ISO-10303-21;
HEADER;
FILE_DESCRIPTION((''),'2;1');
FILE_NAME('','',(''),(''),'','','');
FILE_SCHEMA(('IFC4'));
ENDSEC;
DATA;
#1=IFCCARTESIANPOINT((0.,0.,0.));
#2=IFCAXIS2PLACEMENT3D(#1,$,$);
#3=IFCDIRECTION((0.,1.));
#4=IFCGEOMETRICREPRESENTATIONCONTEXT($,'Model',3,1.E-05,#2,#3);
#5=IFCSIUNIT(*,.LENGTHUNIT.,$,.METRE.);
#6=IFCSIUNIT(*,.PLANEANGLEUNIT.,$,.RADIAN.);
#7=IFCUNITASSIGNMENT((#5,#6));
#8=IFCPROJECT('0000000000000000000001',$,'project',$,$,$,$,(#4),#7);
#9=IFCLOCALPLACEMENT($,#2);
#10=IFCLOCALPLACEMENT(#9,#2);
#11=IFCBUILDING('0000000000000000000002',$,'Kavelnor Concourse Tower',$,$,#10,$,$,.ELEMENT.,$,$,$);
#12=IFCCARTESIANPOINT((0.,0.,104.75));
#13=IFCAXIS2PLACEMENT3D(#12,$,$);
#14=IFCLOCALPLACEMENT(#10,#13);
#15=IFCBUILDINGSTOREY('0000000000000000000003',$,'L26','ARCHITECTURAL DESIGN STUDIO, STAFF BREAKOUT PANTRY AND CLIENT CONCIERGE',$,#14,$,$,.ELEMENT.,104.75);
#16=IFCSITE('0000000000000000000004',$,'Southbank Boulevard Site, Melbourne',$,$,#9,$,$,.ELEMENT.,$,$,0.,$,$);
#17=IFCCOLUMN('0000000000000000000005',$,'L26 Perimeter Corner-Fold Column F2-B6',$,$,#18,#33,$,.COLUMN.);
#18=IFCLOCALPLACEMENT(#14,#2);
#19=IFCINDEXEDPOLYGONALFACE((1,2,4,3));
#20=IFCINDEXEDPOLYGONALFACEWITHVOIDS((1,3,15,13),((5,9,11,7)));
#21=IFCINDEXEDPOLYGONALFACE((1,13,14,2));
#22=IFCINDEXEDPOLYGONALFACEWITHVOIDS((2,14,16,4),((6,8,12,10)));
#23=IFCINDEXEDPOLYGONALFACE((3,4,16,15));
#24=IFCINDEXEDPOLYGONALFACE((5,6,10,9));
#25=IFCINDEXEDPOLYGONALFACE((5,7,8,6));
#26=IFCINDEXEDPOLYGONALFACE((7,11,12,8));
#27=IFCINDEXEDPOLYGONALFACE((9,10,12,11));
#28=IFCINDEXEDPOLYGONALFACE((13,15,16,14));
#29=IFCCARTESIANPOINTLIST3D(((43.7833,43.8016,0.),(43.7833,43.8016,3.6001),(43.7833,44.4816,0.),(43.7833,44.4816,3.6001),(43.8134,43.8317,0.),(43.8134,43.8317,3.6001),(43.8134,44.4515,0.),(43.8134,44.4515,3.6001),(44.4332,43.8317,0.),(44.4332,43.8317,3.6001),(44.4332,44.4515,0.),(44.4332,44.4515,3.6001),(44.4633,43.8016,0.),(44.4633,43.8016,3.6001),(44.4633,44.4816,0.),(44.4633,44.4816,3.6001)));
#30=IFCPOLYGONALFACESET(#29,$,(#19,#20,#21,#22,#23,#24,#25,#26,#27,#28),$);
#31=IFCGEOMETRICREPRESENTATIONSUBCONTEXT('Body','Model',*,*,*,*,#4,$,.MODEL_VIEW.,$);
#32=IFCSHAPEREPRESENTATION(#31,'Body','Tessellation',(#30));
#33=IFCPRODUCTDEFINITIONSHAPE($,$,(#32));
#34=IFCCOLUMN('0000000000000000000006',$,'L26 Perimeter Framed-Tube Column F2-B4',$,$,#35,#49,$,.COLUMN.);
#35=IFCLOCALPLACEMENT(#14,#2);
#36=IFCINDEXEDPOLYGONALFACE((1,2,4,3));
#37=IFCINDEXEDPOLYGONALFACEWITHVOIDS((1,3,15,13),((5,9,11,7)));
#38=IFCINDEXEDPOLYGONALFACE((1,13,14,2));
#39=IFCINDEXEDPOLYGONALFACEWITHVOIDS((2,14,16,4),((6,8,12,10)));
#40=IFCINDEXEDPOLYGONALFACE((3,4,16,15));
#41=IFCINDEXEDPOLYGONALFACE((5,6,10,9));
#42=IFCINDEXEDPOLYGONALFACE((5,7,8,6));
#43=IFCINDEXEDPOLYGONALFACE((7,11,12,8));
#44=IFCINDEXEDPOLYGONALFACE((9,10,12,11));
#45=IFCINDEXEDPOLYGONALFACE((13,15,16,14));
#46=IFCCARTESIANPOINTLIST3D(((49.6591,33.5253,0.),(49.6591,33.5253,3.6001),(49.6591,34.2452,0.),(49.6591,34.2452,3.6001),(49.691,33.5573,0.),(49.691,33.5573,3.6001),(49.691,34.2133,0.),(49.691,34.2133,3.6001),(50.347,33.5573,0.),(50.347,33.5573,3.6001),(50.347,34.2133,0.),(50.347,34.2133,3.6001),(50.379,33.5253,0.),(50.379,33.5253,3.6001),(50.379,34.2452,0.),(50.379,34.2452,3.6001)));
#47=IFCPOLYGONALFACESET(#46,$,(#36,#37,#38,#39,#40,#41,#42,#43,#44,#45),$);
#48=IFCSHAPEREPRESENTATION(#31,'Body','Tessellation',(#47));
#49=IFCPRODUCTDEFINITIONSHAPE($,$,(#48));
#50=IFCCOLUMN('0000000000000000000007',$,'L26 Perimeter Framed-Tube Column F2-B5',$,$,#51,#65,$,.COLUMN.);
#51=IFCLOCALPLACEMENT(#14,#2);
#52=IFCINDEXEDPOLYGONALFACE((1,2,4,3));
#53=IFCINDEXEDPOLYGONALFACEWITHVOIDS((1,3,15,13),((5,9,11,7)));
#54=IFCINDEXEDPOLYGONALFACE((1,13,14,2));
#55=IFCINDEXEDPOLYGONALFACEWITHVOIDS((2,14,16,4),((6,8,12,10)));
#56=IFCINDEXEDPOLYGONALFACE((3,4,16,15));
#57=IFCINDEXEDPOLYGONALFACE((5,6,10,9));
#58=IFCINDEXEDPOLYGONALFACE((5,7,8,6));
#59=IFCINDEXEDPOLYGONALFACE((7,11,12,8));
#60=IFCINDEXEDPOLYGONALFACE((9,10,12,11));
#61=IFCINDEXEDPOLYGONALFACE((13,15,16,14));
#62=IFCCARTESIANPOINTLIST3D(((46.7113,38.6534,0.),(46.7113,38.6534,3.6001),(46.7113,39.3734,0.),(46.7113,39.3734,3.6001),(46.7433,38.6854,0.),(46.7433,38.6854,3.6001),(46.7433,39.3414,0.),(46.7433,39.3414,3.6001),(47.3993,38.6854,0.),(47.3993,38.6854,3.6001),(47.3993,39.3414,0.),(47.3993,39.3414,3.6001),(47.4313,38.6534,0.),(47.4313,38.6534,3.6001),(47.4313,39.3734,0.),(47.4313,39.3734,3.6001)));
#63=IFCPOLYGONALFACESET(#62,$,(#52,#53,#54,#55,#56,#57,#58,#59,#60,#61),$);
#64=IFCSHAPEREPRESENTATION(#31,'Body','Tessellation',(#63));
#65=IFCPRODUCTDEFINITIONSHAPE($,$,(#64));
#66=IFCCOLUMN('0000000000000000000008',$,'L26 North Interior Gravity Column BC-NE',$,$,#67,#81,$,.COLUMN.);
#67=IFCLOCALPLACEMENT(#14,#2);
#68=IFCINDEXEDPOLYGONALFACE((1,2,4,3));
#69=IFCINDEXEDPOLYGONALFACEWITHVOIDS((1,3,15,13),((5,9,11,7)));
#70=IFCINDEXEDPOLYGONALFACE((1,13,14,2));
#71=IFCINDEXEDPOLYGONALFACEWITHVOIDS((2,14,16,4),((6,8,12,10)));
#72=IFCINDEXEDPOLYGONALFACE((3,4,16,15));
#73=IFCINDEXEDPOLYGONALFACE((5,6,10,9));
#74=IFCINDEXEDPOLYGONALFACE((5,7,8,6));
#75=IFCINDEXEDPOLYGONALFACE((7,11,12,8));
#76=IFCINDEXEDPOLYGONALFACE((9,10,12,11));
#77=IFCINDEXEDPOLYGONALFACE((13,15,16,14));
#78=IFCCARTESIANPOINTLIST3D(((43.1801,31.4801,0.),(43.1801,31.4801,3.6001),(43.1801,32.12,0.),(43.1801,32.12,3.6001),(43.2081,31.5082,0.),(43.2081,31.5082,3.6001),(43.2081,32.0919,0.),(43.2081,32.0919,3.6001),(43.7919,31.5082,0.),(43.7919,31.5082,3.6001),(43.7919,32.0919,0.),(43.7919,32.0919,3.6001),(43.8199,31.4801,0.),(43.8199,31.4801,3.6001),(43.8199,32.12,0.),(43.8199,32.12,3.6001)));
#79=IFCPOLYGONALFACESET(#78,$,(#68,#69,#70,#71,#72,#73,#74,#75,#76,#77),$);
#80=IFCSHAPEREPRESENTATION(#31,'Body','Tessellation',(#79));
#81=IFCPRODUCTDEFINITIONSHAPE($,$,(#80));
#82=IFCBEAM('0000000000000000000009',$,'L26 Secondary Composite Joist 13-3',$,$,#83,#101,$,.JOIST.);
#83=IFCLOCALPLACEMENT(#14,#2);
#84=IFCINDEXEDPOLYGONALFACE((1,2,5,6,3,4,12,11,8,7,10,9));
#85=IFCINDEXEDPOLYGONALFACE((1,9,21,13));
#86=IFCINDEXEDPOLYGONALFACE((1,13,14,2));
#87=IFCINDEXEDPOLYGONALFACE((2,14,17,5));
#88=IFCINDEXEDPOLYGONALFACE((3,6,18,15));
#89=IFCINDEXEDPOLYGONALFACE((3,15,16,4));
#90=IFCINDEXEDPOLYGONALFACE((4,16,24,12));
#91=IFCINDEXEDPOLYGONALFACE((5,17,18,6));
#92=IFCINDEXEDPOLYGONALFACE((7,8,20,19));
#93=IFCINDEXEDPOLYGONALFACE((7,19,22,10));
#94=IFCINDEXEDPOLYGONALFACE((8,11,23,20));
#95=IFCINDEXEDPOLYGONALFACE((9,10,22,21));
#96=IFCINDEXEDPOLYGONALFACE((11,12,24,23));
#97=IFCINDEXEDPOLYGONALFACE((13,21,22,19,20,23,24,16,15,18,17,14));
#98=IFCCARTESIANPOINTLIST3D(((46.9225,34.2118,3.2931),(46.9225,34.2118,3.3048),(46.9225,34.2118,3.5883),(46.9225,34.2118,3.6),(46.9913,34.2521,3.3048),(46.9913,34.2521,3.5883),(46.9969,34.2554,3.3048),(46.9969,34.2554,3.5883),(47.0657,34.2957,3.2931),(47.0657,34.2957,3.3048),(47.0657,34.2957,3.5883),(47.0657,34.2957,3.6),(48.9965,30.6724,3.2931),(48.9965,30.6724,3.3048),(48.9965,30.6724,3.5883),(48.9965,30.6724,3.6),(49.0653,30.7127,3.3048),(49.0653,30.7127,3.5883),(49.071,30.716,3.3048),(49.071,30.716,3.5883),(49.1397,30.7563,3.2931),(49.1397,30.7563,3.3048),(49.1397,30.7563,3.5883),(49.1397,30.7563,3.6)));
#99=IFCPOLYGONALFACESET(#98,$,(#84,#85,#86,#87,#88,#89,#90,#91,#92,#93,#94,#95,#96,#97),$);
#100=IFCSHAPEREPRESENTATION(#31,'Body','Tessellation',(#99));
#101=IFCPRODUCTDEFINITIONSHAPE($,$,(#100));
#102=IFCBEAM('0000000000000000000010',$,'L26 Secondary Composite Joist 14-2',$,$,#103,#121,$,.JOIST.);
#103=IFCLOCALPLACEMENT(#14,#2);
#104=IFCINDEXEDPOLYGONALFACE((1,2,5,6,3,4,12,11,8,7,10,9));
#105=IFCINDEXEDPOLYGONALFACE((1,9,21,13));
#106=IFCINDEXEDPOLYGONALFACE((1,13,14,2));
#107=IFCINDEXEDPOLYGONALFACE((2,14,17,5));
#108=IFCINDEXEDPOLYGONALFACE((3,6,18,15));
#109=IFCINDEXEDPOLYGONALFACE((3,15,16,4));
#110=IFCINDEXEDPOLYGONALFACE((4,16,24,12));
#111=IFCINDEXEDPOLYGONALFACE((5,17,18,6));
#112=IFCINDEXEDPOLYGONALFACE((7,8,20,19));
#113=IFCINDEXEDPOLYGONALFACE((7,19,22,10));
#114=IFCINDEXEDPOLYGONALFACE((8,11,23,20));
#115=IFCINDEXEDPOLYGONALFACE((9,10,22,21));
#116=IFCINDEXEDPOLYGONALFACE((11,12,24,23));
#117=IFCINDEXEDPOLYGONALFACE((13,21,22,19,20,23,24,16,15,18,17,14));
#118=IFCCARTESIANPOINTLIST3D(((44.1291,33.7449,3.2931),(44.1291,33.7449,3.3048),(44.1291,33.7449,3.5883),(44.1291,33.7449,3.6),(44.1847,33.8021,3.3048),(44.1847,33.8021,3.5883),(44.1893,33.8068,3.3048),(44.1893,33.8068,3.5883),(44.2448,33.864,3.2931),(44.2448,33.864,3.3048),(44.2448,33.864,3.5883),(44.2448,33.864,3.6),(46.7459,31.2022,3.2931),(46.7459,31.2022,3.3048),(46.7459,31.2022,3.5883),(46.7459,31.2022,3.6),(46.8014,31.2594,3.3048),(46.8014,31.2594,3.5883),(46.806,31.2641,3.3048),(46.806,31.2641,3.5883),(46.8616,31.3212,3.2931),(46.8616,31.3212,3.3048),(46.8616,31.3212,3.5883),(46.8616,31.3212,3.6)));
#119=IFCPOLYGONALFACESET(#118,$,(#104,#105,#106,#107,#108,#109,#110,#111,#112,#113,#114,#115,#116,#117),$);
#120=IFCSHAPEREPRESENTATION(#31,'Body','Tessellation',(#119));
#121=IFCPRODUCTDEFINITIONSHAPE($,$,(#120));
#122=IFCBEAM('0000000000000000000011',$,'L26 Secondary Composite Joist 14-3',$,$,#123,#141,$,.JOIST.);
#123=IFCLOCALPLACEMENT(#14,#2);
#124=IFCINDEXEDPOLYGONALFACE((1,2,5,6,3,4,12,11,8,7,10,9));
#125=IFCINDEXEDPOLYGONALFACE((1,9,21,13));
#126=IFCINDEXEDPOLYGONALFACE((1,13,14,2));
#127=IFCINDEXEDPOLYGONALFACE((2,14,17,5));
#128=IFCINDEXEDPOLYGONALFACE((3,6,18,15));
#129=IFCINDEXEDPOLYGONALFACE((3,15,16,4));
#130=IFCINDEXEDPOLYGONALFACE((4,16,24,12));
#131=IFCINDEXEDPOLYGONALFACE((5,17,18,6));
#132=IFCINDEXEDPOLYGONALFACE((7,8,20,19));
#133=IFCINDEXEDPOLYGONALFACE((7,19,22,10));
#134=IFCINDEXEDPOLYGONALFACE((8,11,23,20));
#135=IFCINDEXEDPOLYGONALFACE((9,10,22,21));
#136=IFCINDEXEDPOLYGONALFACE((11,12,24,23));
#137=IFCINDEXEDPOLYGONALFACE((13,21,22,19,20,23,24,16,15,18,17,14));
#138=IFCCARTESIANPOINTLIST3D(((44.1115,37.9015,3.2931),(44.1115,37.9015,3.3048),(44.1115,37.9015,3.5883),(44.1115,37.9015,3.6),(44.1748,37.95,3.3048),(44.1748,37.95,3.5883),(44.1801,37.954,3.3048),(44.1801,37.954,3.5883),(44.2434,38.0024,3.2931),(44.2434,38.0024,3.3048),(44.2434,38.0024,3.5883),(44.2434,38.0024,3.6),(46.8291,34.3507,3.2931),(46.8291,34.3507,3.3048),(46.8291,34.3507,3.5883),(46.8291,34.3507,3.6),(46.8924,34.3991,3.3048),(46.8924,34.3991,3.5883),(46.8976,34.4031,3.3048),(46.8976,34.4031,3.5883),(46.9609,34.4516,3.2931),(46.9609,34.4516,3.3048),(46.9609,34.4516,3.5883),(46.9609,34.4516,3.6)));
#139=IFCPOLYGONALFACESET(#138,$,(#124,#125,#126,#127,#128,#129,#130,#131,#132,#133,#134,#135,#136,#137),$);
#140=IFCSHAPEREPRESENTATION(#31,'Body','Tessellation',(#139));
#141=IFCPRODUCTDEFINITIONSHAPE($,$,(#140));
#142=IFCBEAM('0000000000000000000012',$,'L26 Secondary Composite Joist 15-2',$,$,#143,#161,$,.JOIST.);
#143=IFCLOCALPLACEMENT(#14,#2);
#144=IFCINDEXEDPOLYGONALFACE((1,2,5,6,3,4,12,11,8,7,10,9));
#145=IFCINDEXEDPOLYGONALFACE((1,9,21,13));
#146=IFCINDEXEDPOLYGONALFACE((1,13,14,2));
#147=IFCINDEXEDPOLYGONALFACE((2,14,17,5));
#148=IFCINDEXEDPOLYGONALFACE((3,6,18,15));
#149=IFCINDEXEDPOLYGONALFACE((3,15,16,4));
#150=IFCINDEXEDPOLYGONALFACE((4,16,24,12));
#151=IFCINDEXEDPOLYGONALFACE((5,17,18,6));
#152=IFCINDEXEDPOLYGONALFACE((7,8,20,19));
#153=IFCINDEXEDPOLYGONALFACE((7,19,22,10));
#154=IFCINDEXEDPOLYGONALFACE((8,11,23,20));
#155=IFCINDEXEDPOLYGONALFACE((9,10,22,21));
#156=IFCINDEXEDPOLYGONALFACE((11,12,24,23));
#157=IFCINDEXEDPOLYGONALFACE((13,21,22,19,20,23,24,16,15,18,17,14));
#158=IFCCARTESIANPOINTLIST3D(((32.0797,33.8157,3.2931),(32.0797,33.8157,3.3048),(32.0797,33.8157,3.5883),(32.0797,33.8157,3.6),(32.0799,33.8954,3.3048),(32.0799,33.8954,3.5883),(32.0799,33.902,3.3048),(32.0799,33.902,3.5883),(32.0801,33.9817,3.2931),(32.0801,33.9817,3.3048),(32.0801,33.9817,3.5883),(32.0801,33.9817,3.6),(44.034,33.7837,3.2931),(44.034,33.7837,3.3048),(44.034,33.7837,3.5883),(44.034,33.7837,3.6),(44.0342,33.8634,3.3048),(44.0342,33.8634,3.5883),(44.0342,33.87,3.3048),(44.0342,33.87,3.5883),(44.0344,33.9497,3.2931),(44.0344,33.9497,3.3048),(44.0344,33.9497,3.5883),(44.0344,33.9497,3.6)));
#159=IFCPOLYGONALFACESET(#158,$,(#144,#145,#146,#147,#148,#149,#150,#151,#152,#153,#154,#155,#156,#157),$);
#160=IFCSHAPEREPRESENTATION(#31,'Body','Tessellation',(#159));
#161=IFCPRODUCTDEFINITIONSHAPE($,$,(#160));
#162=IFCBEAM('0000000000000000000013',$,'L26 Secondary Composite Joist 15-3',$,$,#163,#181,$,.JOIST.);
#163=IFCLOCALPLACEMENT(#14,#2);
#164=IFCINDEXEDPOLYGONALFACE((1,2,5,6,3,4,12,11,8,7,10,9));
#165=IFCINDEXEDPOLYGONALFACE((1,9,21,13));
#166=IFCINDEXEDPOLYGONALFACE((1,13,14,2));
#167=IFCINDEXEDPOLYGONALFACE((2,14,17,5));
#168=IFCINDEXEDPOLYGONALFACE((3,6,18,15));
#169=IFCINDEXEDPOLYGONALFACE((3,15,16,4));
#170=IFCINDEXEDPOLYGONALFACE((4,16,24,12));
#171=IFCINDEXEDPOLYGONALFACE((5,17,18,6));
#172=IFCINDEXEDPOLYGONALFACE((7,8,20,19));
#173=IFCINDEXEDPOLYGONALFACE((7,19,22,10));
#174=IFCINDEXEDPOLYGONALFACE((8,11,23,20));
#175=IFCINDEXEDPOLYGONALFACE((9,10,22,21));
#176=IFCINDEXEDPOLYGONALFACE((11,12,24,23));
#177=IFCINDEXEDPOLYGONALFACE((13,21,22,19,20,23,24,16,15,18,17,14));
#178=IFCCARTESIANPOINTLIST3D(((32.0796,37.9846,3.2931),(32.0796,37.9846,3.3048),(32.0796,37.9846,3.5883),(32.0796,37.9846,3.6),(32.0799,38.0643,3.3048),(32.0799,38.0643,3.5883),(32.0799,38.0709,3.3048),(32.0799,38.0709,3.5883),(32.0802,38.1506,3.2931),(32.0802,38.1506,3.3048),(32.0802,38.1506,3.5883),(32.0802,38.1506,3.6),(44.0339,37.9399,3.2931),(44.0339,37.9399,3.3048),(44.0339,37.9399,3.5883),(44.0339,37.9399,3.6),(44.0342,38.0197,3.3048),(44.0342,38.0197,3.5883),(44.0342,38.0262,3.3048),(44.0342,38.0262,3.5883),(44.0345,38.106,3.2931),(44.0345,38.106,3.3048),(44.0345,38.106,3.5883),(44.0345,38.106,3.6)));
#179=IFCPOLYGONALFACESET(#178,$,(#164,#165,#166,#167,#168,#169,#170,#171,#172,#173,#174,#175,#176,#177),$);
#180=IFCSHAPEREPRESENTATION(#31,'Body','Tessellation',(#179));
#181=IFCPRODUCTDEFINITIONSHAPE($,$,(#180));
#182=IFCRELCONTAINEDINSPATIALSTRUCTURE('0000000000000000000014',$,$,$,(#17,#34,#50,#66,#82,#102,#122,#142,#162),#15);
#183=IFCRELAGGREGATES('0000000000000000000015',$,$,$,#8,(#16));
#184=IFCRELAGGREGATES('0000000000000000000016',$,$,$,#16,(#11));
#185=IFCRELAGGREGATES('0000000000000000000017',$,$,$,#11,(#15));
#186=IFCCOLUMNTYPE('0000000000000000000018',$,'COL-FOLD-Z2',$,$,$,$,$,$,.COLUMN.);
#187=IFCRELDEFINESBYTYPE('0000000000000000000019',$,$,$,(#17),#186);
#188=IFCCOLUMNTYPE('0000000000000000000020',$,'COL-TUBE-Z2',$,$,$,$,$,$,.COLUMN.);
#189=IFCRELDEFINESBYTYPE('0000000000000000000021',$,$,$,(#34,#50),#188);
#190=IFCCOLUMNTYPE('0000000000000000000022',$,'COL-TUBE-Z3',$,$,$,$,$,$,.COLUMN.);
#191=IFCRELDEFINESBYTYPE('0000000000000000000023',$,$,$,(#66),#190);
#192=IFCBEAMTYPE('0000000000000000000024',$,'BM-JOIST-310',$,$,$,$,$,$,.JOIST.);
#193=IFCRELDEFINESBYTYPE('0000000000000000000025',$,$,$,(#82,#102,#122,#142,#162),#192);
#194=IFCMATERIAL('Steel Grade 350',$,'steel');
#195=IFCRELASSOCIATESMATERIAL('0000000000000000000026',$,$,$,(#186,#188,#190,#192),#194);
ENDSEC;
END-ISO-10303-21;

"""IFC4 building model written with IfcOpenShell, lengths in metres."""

from ifc_helpers import new_model, si_unit, direction, frame, origin, origin_2d, place, context, subcontext, project, spatial, hollow_rectangle, i_section, extrude, material, material_profile, profile_set, type_object, element, save


model = new_model("IFC4")

# Units and contexts
model_context = context("Model", 3, precision=1e-05, world=origin(), true_north=direction((0.0, 1.0)))
body_context = subcontext(model_context, "Body", "Model", "MODEL_VIEW")
ifc_project = project(units=[si_unit("LENGTHUNIT", "METRE"), si_unit("PLANEANGLEUNIT", "RADIAN")], contexts=[model_context])

# Site, building, storey
site_placement = place(None, origin())
site = spatial("IfcSite", under=ifc_project, at=site_placement, Name="Southbank Boulevard Site, Melbourne", CompositionType="ELEMENT", RefElevation=0.0)
building_placement = place(site_placement, origin())
building = spatial("IfcBuilding", under=site, at=building_placement, Name="Kavelnor Concourse Tower", CompositionType="ELEMENT")
storey_placement = place(building_placement, frame((0.0, 0.0, 104.75)))
storey = spatial("IfcBuildingStorey", under=building, at=storey_placement, Name="L26", Description="ARCHITECTURAL DESIGN STUDIO, STAFF BREAKOUT PANTRY AND CLIENT CONCIERGE", CompositionType="ELEMENT", Elevation=104.75)

# Columns
ifc_material_1 = material(Name="Steel Grade 350", Category="steel")
ifc_material_profile_1 = material_profile(ifc_material_1, hollow_rectangle(XDim=0.6799, YDim=0.6799, WallThickness=0.03, at=origin_2d()), Name="SHS 680x680x30")
ifc_profile_set_1 = profile_set([ifc_material_profile_1], Name="Steel Grade 350")
column_type_1 = type_object("IfcColumnType", Name="COL-FOLD-Z2", PredefinedType="COLUMN", material=ifc_profile_set_1)
column_1_placement = place(storey_placement, frame((44.1233, 44.1416, 0.0), z_axis=(0.0, 0.0, 1.0), x_axis=(1.0, 0.0, 0.0)))
element("IfcColumn", 1, at=column_1_placement, inside=storey, type_object=column_type_1, Name="L26 Perimeter Corner-Fold Column F2-B6", PredefinedType="COLUMN", context=body_context, shape_type="SweptSolid", body=[
    extrude(hollow_rectangle(XDim=0.6799, YDim=0.6799, WallThickness=0.03, at=origin_2d()), origin(), (0.0, 0.0, 1.0), 3.6001),
])
ifc_material_profile_2 = material_profile(ifc_material_1, hollow_rectangle(XDim=0.72, YDim=0.72, WallThickness=0.032, at=origin_2d()), Name="SHS 720x720x32")
ifc_profile_set_2 = profile_set([ifc_material_profile_2], Name="Steel Grade 350")
column_type_2 = type_object("IfcColumnType", Name="COL-TUBE-Z2", PredefinedType="COLUMN", material=ifc_profile_set_2)
for number, where, z_axis, x_axis, name in (
    (2, (50.019, 33.8853, 0.0), (0.0, 0.0, 1.0), (1.0, 0.0, 0.0), "L26 Perimeter Framed-Tube Column F2-B4"),
    (3, (47.0713, 39.0134, 0.0), (0.0, 0.0, 1.0), (1.0, 0.0, 0.0), "L26 Perimeter Framed-Tube Column F2-B5"),
):
    element("IfcColumn", number, at=place(storey_placement, frame(where, z_axis=z_axis, x_axis=x_axis)), inside=storey, type_object=column_type_2, Name=name, PredefinedType="COLUMN", context=body_context, shape_type="SweptSolid", body=[
        extrude(hollow_rectangle(XDim=0.72, YDim=0.72, WallThickness=0.032, at=origin_2d()), origin(), (0.0, 0.0, 1.0), 3.6001),
    ])
ifc_material_profile_3 = material_profile(ifc_material_1, hollow_rectangle(XDim=0.6399, YDim=0.6399, WallThickness=0.0281, at=origin_2d()), Name="SHS 640x640x28")
ifc_profile_set_3 = profile_set([ifc_material_profile_3], Name="Steel Grade 350")
column_type_3 = type_object("IfcColumnType", Name="COL-TUBE-Z3", PredefinedType="COLUMN", material=ifc_profile_set_3)
column_2_placement = place(storey_placement, frame((43.5, 31.8, 0.0), z_axis=(0.0, 0.0, 1.0), x_axis=(1.0, 0.0, 0.0)))
element("IfcColumn", 4, at=column_2_placement, inside=storey, type_object=column_type_3, Name="L26 North Interior Gravity Column BC-NE", PredefinedType="COLUMN", context=body_context, shape_type="SweptSolid", body=[
    extrude(hollow_rectangle(XDim=0.6399, YDim=0.6399, WallThickness=0.0281, at=origin_2d()), origin(), (0.0, 0.0, 1.0), 3.6001),
])

# Beams
ifc_material_profile_4 = material_profile(ifc_material_1, i_section(OverallWidth=0.166, OverallDepth=0.3069, WebThickness=0.0066, FlangeThickness=0.0117, at=origin_2d()), Name="310UB46")
ifc_profile_set_4 = profile_set([ifc_material_profile_4], Name="Steel Grade 350")
beam_type_1 = type_object("IfcBeamType", Name="BM-JOIST-310", PredefinedType="JOIST", material=ifc_profile_set_4)
beam_1_placement = place(storey_placement, frame((49.0681, 30.7144, 3.4465), z_axis=(-0.505576, 0.862782, 0.0), x_axis=(-0.862782, -0.505576, 0.0)))
element("IfcBeam", 5, at=beam_1_placement, inside=storey, type_object=beam_type_1, Name="L26 Secondary Composite Joist 13-3", PredefinedType="JOIST", context=body_context, shape_type="SweptSolid", body=[
    extrude(i_section(OverallWidth=0.166, OverallDepth=0.3069, WebThickness=0.0066, FlangeThickness=0.0117, at=origin_2d()), origin(), (0.0, 0.0, 1.0), 4.1023),
])
beam_2_placement = place(storey_placement, frame((46.8037, 31.2617, 3.4465), z_axis=(-0.717171, 0.696897, 0.0), x_axis=(-0.696897, -0.717171, 0.0)))
element("IfcBeam", 6, at=beam_2_placement, inside=storey, type_object=beam_type_1, Name="L26 Secondary Composite Joist 14-2", PredefinedType="JOIST", context=body_context, shape_type="SweptSolid", body=[
    extrude(i_section(OverallWidth=0.166, OverallDepth=0.3069, WebThickness=0.0066, FlangeThickness=0.0117, at=origin_2d()), origin(), (0.0, 0.0, 1.0), 3.6487),
])
beam_3_placement = place(storey_placement, frame((46.895, 34.4011, 3.4465), z_axis=(-0.607764, 0.794118, 0.0), x_axis=(-0.794118, -0.607764, 0.0)))
element("IfcBeam", 7, at=beam_3_placement, inside=storey, type_object=beam_type_1, Name="L26 Secondary Composite Joist 14-3", PredefinedType="JOIST", context=body_context, shape_type="SweptSolid", body=[
    extrude(i_section(OverallWidth=0.166, OverallDepth=0.3069, WebThickness=0.0066, FlangeThickness=0.0117, at=origin_2d()), origin(), (0.0, 0.0, 1.0), 4.4714),
])
for number, where, z_axis, x_axis, name in (
    (8, (44.0342, 33.8667, 3.4465), (-0.999996, 0.002675, 0.0), (-0.002675, -0.999996, 0.0), "L26 Secondary Composite Joist 15-2"),
    (9, (44.0342, 38.0229, 3.4465), (-0.999993, 0.003737, 0.0), (-0.003737, -0.999993, 0.0), "L26 Secondary Composite Joist 15-3"),
):
    element("IfcBeam", number, at=place(storey_placement, frame(where, z_axis=z_axis, x_axis=x_axis)), inside=storey, type_object=beam_type_1, Name=name, PredefinedType="JOIST", context=body_context, shape_type="SweptSolid", body=[
        extrude(i_section(OverallWidth=0.166, OverallDepth=0.3069, WebThickness=0.0066, FlangeThickness=0.0117, at=origin_2d()), origin(), (0.0, 0.0, 1.0), 11.9543),
    ])

save(model, "model.ifc")
